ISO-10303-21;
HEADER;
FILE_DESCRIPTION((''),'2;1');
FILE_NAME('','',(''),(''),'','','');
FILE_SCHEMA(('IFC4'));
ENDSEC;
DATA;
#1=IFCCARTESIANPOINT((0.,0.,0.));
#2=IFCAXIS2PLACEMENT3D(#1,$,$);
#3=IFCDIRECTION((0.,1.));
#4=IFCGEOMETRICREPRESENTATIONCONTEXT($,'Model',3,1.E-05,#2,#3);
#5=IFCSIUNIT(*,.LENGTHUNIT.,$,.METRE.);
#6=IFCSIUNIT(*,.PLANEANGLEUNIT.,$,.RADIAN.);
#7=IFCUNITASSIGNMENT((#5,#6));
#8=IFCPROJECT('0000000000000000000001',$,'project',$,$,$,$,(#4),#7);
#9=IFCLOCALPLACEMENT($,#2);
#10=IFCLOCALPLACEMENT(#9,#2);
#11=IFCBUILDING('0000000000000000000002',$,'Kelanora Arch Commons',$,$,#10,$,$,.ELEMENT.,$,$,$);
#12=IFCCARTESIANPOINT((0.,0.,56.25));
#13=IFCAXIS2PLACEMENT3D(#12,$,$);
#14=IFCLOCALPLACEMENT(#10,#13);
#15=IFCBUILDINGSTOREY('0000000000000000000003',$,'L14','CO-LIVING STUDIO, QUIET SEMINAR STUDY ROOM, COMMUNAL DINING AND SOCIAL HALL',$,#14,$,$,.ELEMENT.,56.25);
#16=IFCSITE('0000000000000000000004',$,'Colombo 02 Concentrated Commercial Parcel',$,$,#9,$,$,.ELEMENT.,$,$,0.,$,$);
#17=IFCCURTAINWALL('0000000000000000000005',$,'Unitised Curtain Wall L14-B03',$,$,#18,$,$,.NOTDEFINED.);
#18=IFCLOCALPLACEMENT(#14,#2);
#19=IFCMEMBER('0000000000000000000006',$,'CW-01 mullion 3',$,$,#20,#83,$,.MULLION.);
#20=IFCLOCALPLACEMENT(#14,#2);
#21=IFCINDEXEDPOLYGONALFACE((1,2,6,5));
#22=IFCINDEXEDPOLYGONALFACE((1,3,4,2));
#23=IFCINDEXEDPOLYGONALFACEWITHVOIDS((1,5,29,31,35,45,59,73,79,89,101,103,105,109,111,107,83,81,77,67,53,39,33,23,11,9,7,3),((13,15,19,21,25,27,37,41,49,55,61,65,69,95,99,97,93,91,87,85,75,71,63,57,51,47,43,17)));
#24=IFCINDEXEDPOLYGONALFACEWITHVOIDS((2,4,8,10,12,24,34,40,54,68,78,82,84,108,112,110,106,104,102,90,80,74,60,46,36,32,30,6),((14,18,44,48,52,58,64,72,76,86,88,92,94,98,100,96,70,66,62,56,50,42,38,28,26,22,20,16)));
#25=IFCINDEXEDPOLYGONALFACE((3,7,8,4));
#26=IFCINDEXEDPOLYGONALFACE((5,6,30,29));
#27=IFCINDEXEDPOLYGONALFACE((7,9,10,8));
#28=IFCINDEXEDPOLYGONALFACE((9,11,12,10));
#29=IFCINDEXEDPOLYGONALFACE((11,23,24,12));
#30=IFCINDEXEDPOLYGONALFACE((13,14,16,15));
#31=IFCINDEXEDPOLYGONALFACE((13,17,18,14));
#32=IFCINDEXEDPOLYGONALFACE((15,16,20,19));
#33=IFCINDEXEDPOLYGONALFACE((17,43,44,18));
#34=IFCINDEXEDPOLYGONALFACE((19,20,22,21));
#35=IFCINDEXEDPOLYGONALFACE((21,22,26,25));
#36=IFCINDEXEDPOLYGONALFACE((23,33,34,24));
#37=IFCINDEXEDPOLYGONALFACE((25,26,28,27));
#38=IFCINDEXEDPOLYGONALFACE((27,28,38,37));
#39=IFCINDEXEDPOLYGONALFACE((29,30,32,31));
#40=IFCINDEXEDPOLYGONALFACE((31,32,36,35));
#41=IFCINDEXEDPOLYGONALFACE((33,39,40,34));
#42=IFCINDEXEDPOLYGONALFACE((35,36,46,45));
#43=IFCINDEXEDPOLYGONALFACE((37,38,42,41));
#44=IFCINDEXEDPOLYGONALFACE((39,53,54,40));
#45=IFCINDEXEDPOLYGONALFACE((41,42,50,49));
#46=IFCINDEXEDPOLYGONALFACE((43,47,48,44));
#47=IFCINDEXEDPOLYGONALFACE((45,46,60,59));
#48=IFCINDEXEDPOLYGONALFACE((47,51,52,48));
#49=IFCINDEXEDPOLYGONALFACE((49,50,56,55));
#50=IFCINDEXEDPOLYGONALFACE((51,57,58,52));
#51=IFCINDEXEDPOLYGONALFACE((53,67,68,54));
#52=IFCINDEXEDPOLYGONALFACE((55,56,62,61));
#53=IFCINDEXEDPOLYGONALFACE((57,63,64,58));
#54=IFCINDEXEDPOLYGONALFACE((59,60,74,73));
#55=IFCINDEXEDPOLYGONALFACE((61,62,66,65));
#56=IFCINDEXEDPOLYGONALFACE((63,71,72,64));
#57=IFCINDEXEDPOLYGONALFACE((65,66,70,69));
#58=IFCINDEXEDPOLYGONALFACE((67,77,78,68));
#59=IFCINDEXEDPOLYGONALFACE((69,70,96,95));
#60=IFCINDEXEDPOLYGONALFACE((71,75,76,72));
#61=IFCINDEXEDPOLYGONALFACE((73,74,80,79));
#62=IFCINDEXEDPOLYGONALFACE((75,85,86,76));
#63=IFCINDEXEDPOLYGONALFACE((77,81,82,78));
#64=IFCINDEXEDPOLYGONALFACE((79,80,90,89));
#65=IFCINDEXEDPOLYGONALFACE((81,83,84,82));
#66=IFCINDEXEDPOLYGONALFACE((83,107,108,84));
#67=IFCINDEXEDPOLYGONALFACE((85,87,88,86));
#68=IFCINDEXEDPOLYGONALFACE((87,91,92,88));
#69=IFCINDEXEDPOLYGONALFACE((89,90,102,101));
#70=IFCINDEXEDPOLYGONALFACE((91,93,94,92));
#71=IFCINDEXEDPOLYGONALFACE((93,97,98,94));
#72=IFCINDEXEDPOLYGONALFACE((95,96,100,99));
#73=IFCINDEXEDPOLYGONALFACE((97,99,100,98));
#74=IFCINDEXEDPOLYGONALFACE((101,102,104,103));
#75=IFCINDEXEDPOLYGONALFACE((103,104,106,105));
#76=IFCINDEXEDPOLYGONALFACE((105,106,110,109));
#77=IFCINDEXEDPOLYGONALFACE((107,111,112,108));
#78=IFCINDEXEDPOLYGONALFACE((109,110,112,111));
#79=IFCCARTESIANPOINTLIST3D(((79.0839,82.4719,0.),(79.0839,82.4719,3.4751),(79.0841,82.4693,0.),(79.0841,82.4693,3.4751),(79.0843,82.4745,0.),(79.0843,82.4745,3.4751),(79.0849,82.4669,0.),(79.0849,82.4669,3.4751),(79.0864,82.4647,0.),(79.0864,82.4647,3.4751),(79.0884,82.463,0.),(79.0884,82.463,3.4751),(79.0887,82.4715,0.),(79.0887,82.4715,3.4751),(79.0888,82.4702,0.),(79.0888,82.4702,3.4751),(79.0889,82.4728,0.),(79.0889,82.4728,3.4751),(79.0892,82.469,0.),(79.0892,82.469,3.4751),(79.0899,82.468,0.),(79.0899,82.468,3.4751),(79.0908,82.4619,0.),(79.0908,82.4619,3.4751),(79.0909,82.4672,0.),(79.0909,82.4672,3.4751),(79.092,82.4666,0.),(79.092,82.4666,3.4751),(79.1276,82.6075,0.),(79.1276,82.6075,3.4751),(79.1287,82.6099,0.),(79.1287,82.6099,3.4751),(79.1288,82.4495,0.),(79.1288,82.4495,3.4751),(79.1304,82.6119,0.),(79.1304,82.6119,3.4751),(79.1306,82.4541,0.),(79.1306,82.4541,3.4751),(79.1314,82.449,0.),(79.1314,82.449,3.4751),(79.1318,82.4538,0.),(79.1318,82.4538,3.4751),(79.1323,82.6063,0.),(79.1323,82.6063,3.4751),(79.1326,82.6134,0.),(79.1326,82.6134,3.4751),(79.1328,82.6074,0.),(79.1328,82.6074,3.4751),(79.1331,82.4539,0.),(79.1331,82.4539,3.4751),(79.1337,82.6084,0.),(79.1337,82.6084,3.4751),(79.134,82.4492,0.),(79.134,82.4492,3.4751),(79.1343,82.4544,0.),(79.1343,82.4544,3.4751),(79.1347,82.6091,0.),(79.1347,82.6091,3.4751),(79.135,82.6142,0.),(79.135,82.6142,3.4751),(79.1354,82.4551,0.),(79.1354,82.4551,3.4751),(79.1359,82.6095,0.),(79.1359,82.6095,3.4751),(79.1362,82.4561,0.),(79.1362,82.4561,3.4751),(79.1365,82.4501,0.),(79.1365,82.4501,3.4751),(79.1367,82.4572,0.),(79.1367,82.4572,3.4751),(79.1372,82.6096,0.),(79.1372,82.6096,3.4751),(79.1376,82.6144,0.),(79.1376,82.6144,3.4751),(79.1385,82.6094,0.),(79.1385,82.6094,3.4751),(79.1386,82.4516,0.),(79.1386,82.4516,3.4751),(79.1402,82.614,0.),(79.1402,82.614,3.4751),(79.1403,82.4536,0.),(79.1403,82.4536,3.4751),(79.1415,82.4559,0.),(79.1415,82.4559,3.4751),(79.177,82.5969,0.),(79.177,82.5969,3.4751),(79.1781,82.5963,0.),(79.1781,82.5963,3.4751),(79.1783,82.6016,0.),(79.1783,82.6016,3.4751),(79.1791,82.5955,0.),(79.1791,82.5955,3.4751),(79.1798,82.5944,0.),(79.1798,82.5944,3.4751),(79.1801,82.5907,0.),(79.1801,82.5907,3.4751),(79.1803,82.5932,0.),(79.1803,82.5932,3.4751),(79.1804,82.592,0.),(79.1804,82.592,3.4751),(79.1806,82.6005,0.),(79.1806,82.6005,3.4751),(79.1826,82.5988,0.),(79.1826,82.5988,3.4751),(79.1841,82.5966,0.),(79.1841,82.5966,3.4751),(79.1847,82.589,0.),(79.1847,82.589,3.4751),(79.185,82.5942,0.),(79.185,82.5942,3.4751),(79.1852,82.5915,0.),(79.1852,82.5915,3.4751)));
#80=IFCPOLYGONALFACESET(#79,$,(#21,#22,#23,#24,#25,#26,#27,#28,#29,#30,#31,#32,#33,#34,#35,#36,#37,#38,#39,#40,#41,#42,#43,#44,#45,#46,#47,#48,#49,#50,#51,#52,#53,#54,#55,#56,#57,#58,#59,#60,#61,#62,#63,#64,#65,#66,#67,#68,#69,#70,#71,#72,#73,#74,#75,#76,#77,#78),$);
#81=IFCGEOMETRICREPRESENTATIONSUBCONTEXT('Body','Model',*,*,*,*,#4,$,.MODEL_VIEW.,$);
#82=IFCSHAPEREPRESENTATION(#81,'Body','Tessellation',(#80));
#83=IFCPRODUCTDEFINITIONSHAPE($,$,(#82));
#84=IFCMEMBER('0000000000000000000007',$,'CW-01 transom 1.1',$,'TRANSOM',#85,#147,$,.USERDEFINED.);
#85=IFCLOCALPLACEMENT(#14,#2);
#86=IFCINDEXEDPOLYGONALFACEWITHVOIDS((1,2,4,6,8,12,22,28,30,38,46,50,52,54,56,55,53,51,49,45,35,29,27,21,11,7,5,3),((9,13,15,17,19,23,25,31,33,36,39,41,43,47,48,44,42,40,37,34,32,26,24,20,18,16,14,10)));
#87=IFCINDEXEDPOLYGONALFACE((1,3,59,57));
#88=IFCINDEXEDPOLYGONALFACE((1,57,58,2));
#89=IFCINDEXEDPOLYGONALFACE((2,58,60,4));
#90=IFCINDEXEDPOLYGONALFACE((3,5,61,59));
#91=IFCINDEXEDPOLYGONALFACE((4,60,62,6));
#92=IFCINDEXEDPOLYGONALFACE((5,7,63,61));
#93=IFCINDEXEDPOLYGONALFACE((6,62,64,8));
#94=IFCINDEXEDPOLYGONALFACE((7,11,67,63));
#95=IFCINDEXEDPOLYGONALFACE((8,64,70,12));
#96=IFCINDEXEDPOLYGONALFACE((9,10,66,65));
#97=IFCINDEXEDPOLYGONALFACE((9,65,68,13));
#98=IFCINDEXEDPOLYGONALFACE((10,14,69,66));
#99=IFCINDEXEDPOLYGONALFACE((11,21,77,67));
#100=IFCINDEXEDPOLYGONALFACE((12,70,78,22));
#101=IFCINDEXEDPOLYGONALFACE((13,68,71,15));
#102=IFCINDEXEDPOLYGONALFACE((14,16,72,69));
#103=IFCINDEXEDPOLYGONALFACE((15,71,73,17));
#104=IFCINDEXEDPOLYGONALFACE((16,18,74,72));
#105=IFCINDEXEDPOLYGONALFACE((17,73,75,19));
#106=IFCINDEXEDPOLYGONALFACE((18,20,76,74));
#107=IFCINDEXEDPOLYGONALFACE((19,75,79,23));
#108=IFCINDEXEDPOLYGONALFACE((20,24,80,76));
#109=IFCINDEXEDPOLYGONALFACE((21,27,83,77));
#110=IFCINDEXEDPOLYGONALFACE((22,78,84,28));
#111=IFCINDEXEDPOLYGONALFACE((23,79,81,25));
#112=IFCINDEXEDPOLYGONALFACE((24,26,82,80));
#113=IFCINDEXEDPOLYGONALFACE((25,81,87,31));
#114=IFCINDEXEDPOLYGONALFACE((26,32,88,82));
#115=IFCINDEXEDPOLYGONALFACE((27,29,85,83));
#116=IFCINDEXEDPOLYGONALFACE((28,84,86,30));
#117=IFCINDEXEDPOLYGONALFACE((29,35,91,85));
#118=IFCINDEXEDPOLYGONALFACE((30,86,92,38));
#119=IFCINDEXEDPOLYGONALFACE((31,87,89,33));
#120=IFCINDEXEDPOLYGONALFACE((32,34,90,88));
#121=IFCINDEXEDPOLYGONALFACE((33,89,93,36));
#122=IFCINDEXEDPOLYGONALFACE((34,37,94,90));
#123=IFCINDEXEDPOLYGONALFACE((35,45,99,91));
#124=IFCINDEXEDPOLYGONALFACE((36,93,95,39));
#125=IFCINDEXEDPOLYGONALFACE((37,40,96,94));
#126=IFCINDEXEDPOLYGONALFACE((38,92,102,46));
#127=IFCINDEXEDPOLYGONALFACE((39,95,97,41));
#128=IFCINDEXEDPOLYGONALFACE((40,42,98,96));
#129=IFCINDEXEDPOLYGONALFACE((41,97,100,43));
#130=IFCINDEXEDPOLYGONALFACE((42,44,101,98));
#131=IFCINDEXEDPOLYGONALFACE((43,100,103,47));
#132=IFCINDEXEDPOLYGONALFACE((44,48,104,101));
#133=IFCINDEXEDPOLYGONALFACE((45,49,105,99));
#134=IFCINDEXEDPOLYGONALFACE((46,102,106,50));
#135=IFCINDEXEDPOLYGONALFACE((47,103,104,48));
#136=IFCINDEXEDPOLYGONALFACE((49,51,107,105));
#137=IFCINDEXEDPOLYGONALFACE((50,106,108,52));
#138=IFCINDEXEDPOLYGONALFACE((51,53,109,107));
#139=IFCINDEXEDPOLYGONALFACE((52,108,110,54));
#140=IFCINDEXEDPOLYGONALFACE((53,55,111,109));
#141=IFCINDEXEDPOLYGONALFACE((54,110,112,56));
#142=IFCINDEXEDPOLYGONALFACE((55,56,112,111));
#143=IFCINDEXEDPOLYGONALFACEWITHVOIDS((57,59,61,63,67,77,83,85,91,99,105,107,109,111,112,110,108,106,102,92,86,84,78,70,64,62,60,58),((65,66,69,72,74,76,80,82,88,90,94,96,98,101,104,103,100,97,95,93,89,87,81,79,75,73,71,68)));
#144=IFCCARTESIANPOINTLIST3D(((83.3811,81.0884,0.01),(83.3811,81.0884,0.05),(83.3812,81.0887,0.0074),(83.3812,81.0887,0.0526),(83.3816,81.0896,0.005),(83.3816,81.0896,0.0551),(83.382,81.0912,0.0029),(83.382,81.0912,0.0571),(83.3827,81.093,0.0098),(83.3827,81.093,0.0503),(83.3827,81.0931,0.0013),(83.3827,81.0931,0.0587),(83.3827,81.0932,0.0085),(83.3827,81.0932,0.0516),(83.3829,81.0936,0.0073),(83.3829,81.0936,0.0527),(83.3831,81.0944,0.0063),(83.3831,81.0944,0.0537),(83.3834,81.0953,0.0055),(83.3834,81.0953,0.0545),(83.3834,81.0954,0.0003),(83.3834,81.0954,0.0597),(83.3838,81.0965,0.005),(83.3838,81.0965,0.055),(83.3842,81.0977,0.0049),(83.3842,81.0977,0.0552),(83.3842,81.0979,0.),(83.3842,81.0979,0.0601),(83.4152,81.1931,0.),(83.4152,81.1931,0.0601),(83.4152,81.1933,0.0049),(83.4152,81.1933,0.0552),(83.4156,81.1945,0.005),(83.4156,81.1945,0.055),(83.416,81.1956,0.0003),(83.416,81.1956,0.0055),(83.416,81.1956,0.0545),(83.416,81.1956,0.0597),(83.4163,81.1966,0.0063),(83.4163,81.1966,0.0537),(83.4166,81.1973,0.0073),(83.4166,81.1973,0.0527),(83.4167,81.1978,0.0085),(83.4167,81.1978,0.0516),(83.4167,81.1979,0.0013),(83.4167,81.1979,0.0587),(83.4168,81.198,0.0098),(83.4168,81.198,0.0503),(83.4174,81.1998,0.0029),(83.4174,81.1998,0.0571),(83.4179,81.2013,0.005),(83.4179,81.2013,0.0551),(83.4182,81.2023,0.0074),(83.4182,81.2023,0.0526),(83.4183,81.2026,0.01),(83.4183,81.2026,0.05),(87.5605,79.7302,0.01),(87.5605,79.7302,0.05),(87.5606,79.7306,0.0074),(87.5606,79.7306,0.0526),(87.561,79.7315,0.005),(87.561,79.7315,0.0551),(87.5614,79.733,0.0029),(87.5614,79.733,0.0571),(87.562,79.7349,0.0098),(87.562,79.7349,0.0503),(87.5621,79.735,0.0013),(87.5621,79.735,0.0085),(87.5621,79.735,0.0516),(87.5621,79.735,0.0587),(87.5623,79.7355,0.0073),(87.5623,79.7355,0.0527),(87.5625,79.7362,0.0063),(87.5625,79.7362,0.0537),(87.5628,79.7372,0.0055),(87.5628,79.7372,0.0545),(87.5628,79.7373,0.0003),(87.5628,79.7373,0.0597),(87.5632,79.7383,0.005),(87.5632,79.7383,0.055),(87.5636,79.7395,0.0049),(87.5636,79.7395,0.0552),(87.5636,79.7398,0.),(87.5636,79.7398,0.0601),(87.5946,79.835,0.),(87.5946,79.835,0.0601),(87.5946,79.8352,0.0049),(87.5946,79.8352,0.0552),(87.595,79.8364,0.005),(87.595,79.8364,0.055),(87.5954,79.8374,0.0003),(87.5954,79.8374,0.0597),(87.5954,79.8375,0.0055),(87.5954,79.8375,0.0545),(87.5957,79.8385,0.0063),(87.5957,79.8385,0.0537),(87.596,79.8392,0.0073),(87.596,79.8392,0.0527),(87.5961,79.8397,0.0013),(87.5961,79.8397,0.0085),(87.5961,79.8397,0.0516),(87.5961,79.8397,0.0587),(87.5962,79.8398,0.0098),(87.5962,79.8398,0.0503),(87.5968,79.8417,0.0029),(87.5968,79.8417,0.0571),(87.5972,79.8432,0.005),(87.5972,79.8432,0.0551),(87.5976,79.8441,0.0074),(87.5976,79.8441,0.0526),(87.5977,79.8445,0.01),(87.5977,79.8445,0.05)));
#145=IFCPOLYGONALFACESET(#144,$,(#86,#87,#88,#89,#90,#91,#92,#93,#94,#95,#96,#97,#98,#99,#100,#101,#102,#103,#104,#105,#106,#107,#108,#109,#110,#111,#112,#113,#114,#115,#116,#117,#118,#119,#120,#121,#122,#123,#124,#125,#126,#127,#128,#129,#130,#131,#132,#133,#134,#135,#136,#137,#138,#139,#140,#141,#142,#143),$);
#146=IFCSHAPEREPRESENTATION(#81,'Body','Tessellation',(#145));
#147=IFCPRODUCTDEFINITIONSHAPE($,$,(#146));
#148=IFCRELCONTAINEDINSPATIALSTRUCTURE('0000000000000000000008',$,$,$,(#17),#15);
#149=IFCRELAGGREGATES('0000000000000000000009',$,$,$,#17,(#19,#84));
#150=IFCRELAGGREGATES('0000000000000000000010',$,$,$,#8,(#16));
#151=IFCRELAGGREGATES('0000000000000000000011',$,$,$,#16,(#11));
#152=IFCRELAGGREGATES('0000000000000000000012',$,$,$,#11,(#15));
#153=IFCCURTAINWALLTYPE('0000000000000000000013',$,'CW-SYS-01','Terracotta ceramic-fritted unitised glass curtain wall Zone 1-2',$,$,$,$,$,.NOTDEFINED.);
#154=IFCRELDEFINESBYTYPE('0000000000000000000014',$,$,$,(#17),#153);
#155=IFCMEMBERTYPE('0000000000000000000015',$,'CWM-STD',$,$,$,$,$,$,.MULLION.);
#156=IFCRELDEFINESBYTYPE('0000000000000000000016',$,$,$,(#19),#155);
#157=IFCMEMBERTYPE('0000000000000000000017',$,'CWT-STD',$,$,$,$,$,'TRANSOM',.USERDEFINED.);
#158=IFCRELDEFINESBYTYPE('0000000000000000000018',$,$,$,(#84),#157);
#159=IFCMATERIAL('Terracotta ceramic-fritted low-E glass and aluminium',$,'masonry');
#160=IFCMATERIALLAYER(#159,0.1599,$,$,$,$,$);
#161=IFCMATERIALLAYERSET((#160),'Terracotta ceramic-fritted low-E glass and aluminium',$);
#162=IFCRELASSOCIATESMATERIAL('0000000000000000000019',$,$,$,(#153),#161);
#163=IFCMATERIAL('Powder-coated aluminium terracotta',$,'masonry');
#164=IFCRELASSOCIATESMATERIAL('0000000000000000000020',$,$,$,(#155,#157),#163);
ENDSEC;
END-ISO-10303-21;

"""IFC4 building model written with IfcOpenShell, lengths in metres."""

from ifc_helpers import new_model, si_unit, direction, frame, origin, origin_2d, place, context, subcontext, project, spatial, hollow_rectangle, extrude, material, layer, layer_set, material_profile, profile_set, type_object, element, aggregate, save


model = new_model("IFC4")

# Units and contexts
model_context = context("Model", 3, precision=1e-05, world=origin(), true_north=direction((0.0, 1.0)))
body_context = subcontext(model_context, "Body", "Model", "MODEL_VIEW")
ifc_project = project(units=[si_unit("LENGTHUNIT", "METRE"), si_unit("PLANEANGLEUNIT", "RADIAN")], contexts=[model_context])

# Site, building, storey
site_placement = place(None, origin())
site = spatial("IfcSite", under=ifc_project, at=site_placement, Name="Colombo 02 Concentrated Commercial Parcel", CompositionType="ELEMENT", RefElevation=0.0)
building_placement = place(site_placement, origin())
building = spatial("IfcBuilding", under=site, at=building_placement, Name="Kelanora Arch Commons", CompositionType="ELEMENT")
storey_placement = place(building_placement, frame((0.0, 0.0, 56.25)))
storey = spatial("IfcBuildingStorey", under=building, at=storey_placement, Name="L14", Description="CO-LIVING STUDIO, QUIET SEMINAR STUDY ROOM, COMMUNAL DINING AND SOCIAL HALL", CompositionType="ELEMENT", Elevation=56.25)

# Curtain wall, members
ifc_material_1 = material(Name="Terracotta ceramic-fritted low-E glass and aluminium", Category="masonry")
ifc_layer_1 = layer(ifc_material_1, 0.1599)
ifc_layer_set_1 = layer_set([ifc_layer_1], Name="Terracotta ceramic-fritted low-E glass and aluminium")
curtain_wall_type = type_object("IfcCurtainWallType", Name="CW-SYS-01", Description="Terracotta ceramic-fritted unitised glass curtain wall Zone 1-2", PredefinedType="NOTDEFINED", material=ifc_layer_set_1)
curtain_wall_placement = place(storey_placement, origin())
curtain_wall = element("IfcCurtainWall", 1, at=curtain_wall_placement, inside=storey, type_object=curtain_wall_type, Name="Unitised Curtain Wall L14-B03", PredefinedType="NOTDEFINED")
ifc_material_2 = material(Name="Powder-coated aluminium terracotta", Category="masonry")
ifc_material_profile_1 = material_profile(ifc_material_2, hollow_rectangle(XDim=0.1599, YDim=0.0601, WallThickness=0.0049, InnerFilletRadius=0.0049, OuterFilletRadius=0.01, at=origin_2d()), Name="CWM160x60")
ifc_profile_set_1 = profile_set([ifc_material_profile_1], Name="Powder-coated aluminium terracotta")
member_type_1 = type_object("IfcMemberType", Name="CWM-STD", PredefinedType="MULLION", material=ifc_profile_set_1)
member_1_placement = place(storey_placement, frame((79.1345, 82.5317, 0.0), z_axis=(0.0, 0.0, 1.0), x_axis=(-0.309058, -0.951043, 0.0)))
member_1 = element("IfcMember", 2, at=member_1_placement, type_object=member_type_1, Name="CW-01 mullion 3", PredefinedType="MULLION", context=body_context, shape_type="SweptSolid", body=[
    extrude(hollow_rectangle(XDim=0.1599, YDim=0.0601, WallThickness=0.0049, InnerFilletRadius=0.0049, OuterFilletRadius=0.01, at=origin_2d()), origin(), (0.0, 0.0, 1.0), 3.4751),
])
ifc_material_profile_2 = material_profile(ifc_material_2, hollow_rectangle(XDim=0.1201, YDim=0.0601, WallThickness=0.0049, InnerFilletRadius=0.0049, OuterFilletRadius=0.01, at=origin_2d()), Name="CWT120x60")
ifc_profile_set_2 = profile_set([ifc_material_profile_2], Name="Powder-coated aluminium terracotta")
member_type_2 = type_object("IfcMemberType", Name="CWT-STD", ElementType="TRANSOM", PredefinedType="USERDEFINED", material=ifc_profile_set_2)
member_2_placement = place(storey_placement, frame((87.5791, 79.7874, 0.03), z_axis=(-0.951045, 0.309052, 0.0), x_axis=(-0.309052, -0.951045, 0.0)))
member_2 = element("IfcMember", 3, at=member_2_placement, type_object=member_type_2, Name="CW-01 transom 1.1", ObjectType="TRANSOM", PredefinedType="USERDEFINED", context=body_context, shape_type="SweptSolid", body=[
    extrude(hollow_rectangle(XDim=0.1201, YDim=0.0601, WallThickness=0.0049, InnerFilletRadius=0.0049, OuterFilletRadius=0.01, at=origin_2d()), origin(), (0.0, 0.0, 1.0), 4.3945),
])
aggregate(curtain_wall, [member_1, member_2])

save(model, "model.ifc")
